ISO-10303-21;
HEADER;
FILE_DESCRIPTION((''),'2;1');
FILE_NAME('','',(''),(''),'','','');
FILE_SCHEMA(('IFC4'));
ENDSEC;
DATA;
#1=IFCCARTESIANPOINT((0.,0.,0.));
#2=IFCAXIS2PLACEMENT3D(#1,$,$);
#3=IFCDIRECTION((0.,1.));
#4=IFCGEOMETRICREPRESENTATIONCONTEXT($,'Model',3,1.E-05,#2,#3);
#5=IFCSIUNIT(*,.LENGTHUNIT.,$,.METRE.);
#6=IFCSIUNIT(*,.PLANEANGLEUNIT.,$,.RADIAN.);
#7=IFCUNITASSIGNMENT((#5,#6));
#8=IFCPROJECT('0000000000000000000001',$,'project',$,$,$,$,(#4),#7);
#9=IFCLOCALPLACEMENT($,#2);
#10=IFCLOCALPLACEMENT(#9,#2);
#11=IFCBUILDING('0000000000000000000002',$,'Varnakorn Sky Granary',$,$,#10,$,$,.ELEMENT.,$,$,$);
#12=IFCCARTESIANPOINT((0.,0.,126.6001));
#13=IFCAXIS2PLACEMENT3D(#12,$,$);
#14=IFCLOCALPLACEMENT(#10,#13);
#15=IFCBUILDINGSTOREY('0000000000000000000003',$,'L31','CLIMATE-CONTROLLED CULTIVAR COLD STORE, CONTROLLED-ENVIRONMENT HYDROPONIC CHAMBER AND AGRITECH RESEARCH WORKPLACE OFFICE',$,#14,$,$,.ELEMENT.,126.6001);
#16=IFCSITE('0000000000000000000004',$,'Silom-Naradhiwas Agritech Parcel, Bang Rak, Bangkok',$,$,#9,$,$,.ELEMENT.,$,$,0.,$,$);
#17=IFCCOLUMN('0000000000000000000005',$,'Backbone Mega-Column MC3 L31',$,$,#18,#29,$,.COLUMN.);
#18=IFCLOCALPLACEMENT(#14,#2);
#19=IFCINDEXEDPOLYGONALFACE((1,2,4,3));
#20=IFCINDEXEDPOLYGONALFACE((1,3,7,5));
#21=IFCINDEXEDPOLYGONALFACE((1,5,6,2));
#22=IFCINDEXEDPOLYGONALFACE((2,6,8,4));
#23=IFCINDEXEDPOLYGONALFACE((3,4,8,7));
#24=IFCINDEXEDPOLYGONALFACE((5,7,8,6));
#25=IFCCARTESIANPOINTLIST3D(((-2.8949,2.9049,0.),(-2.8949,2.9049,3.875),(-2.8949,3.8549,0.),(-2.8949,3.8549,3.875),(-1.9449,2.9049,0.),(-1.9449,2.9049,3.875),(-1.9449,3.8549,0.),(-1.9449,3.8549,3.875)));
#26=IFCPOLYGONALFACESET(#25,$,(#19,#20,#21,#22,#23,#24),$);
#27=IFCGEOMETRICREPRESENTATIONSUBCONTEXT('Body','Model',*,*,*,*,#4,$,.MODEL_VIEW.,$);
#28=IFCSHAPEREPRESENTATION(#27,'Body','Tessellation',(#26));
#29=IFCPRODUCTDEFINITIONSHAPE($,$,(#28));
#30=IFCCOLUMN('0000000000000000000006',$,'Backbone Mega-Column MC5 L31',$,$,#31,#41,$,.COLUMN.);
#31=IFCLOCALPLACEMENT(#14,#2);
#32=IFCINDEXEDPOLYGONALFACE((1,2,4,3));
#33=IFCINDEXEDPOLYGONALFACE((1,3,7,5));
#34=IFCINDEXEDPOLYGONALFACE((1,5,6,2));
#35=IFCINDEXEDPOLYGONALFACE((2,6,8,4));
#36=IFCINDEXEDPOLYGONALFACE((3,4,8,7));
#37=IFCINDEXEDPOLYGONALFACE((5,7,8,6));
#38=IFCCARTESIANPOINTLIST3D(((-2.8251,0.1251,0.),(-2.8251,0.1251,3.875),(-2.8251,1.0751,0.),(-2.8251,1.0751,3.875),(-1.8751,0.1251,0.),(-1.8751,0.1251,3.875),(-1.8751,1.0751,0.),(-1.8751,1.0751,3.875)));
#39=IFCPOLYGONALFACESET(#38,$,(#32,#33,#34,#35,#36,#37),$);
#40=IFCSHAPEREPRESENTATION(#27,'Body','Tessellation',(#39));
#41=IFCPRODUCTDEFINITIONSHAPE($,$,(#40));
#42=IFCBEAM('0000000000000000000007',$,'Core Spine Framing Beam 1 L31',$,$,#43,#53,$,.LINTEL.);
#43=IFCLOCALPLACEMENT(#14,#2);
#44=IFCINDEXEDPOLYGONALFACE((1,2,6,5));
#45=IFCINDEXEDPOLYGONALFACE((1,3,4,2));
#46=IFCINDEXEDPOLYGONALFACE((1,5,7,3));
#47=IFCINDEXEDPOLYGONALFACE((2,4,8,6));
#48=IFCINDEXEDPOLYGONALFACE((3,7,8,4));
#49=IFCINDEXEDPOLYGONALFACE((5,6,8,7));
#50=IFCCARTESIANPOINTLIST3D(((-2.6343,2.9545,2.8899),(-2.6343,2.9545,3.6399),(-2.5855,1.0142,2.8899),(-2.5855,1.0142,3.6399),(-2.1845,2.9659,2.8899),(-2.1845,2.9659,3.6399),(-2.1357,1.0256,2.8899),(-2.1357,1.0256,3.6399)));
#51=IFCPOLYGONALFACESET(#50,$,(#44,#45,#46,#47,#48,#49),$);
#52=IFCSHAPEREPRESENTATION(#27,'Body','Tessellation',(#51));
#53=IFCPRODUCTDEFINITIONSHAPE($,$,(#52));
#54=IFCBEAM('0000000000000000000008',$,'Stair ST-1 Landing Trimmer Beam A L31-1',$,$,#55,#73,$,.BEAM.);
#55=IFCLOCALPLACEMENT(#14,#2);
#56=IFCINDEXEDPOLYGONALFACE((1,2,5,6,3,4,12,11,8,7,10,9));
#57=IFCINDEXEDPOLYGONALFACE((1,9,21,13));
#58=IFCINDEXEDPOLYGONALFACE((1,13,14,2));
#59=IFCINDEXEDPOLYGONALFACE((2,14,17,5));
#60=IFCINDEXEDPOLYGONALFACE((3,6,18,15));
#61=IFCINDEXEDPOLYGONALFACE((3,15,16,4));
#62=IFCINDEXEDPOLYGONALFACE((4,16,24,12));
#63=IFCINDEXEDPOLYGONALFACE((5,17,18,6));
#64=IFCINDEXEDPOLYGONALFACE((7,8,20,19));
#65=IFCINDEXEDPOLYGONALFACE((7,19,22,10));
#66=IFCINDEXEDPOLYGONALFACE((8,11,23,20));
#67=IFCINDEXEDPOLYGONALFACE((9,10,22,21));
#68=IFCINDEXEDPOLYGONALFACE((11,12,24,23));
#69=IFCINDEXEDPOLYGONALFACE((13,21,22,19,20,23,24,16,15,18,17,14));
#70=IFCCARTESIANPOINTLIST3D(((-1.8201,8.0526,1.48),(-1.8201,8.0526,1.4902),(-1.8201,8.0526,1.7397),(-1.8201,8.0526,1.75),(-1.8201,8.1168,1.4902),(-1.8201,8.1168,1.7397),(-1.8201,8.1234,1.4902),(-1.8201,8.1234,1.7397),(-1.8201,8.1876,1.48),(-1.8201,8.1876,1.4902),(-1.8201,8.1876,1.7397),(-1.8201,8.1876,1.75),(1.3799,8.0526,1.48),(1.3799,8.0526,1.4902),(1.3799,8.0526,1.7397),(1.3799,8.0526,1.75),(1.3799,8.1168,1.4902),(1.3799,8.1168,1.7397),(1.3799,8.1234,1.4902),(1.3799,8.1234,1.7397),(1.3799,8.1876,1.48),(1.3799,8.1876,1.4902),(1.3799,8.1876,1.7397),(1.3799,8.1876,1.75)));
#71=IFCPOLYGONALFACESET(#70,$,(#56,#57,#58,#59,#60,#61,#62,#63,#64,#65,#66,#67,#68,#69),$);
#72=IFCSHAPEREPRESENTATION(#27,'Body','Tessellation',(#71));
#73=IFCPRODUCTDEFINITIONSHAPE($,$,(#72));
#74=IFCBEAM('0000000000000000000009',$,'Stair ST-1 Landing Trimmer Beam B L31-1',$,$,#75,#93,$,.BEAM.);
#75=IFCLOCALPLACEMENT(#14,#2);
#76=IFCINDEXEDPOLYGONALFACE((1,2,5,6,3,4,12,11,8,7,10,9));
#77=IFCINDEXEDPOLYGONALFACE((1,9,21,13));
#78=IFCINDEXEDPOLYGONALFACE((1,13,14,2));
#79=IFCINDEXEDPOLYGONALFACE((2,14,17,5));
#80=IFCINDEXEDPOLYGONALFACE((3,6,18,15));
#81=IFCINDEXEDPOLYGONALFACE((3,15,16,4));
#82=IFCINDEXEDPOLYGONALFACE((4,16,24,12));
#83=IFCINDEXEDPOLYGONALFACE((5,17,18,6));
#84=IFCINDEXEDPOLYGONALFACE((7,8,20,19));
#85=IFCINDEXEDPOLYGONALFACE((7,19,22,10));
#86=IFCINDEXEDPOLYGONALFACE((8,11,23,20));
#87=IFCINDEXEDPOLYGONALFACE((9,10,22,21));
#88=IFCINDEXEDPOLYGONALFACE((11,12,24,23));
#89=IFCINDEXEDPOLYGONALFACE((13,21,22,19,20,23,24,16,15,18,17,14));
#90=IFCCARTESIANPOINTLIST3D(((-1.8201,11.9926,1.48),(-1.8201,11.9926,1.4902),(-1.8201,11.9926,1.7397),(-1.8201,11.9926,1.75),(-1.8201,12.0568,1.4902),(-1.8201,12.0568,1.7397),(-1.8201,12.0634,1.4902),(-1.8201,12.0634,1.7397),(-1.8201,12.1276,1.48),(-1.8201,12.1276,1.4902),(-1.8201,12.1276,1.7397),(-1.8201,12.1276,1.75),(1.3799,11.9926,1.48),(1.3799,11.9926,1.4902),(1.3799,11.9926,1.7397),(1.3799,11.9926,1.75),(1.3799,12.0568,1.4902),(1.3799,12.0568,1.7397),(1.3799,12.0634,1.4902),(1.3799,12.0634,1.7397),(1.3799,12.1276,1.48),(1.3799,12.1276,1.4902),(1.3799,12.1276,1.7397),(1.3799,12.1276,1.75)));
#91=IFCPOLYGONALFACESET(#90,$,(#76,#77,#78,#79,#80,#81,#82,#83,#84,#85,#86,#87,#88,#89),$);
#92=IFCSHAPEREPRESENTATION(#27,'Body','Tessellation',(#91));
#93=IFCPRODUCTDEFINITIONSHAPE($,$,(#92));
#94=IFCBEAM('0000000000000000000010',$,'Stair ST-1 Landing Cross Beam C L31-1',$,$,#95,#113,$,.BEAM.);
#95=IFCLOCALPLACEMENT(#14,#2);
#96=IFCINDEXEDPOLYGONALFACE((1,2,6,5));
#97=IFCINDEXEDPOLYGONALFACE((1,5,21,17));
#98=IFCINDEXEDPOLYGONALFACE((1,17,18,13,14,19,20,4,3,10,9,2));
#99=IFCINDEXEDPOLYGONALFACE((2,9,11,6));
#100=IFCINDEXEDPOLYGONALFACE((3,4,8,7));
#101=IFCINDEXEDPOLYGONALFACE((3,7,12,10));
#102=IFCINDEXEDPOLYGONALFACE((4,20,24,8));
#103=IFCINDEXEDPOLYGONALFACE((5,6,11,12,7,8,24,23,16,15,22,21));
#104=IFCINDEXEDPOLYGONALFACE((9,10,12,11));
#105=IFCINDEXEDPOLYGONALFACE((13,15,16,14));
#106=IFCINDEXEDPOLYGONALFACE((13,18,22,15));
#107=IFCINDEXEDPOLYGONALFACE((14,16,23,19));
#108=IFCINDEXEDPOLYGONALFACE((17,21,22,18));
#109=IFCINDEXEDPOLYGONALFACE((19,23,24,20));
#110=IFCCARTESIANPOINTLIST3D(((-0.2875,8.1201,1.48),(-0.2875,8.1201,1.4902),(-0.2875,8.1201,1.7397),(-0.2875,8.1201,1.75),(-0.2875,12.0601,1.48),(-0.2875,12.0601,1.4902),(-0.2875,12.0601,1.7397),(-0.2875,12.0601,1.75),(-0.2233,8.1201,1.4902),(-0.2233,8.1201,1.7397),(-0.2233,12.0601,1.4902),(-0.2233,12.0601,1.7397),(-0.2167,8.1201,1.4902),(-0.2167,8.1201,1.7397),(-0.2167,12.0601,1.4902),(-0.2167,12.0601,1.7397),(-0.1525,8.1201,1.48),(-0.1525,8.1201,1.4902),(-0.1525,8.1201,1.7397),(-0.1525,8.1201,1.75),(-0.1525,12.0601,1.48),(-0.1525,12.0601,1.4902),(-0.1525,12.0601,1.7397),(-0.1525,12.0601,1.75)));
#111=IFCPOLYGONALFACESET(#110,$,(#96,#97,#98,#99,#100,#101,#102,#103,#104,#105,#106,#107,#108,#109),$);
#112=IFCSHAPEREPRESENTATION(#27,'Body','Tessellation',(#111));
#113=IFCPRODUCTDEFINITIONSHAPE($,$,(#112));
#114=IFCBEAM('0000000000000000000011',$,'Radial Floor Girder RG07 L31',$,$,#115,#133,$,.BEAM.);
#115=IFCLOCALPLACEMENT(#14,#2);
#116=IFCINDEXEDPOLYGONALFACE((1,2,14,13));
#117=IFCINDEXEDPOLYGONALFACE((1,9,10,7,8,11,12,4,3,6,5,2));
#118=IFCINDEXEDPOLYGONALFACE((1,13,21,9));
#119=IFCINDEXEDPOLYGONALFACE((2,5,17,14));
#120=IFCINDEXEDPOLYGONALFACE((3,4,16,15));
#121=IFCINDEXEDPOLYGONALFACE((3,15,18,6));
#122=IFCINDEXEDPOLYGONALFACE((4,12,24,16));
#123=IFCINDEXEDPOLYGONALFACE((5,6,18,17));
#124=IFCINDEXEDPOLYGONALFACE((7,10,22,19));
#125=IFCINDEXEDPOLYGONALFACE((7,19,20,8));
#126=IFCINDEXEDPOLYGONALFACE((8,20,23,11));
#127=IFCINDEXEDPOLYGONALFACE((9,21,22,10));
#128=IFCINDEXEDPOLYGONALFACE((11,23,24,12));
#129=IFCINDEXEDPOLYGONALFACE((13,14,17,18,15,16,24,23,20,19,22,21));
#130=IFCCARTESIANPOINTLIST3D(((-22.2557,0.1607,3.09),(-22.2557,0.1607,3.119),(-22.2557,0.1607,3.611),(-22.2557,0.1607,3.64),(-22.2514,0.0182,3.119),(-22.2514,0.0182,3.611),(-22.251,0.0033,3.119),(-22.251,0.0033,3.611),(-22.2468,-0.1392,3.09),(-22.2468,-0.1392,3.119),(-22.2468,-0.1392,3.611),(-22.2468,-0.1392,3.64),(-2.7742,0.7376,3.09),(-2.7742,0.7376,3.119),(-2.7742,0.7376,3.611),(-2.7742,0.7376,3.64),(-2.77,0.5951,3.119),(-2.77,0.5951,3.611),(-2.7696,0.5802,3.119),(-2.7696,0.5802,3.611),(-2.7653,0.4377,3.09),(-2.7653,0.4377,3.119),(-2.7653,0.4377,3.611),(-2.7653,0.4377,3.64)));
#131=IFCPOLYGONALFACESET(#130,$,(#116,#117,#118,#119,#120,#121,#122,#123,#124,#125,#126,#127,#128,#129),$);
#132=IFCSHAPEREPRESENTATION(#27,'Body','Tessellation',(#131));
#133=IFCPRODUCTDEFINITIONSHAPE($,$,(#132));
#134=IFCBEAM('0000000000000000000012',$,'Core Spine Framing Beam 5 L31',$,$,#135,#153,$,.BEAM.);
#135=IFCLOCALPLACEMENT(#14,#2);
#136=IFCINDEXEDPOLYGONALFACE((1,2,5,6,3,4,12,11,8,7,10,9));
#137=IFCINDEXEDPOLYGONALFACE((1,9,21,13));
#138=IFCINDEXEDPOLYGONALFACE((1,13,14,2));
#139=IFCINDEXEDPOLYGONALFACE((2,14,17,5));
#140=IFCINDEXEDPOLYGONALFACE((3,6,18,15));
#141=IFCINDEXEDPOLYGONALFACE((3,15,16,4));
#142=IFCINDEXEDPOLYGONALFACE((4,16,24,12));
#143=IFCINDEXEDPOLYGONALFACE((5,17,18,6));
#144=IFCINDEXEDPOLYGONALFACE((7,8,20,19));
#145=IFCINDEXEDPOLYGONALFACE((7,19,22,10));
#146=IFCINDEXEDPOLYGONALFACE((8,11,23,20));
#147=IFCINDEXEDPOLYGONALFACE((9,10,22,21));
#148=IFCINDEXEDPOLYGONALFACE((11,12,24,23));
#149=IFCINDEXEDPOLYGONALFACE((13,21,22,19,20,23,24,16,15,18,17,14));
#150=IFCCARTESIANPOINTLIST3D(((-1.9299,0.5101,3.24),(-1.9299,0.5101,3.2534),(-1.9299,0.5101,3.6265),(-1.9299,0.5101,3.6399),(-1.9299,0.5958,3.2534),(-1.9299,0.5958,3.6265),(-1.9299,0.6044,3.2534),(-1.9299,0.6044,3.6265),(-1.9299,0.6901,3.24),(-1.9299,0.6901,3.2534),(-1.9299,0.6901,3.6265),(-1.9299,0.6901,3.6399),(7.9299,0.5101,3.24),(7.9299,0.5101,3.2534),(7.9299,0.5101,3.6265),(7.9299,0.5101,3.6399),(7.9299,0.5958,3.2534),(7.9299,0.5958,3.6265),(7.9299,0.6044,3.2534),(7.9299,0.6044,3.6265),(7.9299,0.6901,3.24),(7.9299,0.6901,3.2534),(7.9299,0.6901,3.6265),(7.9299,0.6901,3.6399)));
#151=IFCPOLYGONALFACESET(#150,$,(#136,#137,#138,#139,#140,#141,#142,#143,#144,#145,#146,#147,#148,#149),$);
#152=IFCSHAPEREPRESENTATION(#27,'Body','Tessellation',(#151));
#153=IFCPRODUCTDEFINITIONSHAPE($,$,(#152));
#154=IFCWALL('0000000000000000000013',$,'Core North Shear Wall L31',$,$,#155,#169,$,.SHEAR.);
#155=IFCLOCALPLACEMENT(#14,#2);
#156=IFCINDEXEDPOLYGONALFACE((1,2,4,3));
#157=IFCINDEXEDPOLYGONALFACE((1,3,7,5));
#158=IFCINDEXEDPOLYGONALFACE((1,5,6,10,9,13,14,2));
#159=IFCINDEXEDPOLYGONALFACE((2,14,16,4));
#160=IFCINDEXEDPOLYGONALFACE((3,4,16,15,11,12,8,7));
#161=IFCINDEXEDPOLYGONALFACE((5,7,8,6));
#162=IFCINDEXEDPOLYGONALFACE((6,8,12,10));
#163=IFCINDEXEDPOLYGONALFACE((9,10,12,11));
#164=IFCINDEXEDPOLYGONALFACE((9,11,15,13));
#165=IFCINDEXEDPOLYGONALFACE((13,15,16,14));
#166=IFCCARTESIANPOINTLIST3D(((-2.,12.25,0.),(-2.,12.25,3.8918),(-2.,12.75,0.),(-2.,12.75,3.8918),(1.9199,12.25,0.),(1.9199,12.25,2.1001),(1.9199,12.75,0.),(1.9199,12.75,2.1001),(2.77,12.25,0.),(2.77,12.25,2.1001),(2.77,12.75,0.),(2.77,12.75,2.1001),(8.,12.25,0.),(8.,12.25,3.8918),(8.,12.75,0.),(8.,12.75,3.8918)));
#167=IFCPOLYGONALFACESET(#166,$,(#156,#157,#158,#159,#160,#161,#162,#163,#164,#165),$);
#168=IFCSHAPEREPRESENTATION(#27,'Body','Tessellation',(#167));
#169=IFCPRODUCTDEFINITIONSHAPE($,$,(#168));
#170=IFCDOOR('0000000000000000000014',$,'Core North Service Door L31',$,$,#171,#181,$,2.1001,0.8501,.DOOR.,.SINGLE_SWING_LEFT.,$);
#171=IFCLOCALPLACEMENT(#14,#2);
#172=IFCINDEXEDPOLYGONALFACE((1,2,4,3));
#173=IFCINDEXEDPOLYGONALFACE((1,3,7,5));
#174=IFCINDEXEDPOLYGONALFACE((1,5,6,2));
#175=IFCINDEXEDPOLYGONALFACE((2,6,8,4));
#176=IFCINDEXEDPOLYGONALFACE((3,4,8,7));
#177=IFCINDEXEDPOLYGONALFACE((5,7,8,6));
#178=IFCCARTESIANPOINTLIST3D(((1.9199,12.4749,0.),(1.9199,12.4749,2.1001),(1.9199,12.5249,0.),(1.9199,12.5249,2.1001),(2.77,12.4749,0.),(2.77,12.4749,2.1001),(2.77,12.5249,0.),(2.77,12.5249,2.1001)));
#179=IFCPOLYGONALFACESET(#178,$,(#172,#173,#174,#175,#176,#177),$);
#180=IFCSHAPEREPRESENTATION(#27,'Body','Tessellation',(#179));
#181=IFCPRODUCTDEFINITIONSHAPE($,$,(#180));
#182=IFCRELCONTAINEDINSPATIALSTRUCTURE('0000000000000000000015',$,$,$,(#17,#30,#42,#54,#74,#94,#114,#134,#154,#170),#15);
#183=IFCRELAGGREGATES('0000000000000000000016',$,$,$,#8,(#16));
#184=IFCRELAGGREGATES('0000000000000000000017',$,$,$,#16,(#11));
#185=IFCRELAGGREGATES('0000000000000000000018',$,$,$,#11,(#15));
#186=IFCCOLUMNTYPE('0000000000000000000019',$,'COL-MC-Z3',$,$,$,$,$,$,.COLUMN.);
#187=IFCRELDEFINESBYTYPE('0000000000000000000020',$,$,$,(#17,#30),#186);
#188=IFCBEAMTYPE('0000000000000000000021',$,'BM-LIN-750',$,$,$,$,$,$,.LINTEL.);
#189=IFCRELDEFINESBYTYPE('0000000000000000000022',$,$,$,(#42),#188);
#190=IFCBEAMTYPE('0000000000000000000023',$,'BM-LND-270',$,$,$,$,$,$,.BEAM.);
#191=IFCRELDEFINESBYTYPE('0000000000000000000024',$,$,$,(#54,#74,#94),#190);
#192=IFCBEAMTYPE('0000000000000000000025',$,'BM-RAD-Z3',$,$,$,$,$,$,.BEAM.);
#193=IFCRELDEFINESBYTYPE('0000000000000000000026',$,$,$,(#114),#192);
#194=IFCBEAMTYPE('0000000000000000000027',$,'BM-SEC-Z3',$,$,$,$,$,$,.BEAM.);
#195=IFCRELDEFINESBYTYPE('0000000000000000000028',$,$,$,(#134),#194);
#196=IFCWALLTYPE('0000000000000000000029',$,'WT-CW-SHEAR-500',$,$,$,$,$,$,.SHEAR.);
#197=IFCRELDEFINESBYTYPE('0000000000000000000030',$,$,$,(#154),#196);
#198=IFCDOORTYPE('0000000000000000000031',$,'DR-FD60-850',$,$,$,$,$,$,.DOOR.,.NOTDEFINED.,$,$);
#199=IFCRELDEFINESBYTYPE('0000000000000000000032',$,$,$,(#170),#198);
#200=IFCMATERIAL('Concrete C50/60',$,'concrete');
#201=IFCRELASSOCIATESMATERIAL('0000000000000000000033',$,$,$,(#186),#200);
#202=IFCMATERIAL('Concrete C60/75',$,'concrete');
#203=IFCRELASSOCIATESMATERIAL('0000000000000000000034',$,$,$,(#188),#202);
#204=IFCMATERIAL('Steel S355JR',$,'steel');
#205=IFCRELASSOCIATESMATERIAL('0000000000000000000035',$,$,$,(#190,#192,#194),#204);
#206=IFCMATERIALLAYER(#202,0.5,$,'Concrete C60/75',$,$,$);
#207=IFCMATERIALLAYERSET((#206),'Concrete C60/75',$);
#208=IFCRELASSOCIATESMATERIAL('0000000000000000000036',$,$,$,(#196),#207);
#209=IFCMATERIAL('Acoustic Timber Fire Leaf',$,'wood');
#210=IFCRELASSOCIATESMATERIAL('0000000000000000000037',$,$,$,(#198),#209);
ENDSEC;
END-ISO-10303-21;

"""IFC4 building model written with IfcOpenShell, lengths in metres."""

from ifc_helpers import new_model, si_unit, direction, frame, frame_2d, origin, origin_2d, place, context, subcontext, project, spatial, rectangle, i_section, extrude, material, layer, layer_set, material_profile, profile_set, type_object, element, fill, save


model = new_model("IFC4")

# Units and contexts
model_context = context("Model", 3, precision=1e-05, world=origin(), true_north=direction((0.0, 1.0)))
body_context = subcontext(model_context, "Body", "Model", "MODEL_VIEW")
ifc_project = project(units=[si_unit("LENGTHUNIT", "METRE"), si_unit("PLANEANGLEUNIT", "RADIAN")], contexts=[model_context])

# Site, building, storey
site_placement = place(None, origin())
site = spatial("IfcSite", under=ifc_project, at=site_placement, Name="Silom-Naradhiwas Agritech Parcel, Bang Rak, Bangkok", CompositionType="ELEMENT", RefElevation=0.0)
building_placement = place(site_placement, origin())
building = spatial("IfcBuilding", under=site, at=building_placement, Name="Varnakorn Sky Granary", CompositionType="ELEMENT")
storey_placement = place(building_placement, frame((0.0, 0.0, 126.6001)))
storey = spatial("IfcBuildingStorey", under=building, at=storey_placement, Name="L31", Description="CLIMATE-CONTROLLED CULTIVAR COLD STORE, CONTROLLED-ENVIRONMENT HYDROPONIC CHAMBER AND AGRITECH RESEARCH WORKPLACE OFFICE", CompositionType="ELEMENT", Elevation=126.6001)

# Columns
ifc_material_1 = material(Name="Concrete C50/60", Category="concrete")
ifc_material_profile_1 = material_profile(ifc_material_1, rectangle(XDim=0.95, YDim=0.95, at=origin_2d()), Name="RC 950x950")
ifc_profile_set_1 = profile_set([ifc_material_profile_1], Name="Concrete C50/60")
column_type = type_object("IfcColumnType", Name="COL-MC-Z3", PredefinedType="COLUMN", material=ifc_profile_set_1)
for number, where, z_axis, x_axis, name in (
    (1, (-2.4199, 3.3799, 0.0), (0.0, 0.0, 1.0), (1.0, 0.0, 0.0), "Backbone Mega-Column MC3 L31"),
    (2, (-2.3501, 0.6001, 0.0), (0.0, 0.0, 1.0), (1.0, 0.0, 0.0), "Backbone Mega-Column MC5 L31"),
):
    element("IfcColumn", number, at=place(storey_placement, frame(where, z_axis=z_axis, x_axis=x_axis)), inside=storey, type_object=column_type, Name=name, PredefinedType="COLUMN", context=body_context, shape_type="SweptSolid", body=[
        extrude(rectangle(XDim=0.95, YDim=0.95, at=origin_2d()), origin(), (0.0, 0.0, 1.0), 3.875),
    ])

# Beams
ifc_material_2 = material(Name="Concrete C60/75", Category="concrete")
ifc_material_profile_2 = material_profile(ifc_material_2, rectangle(XDim=0.45, YDim=0.75, at=origin_2d()), Name="RC 450x750")
ifc_profile_set_2 = profile_set([ifc_material_profile_2], Name="Concrete C60/75")
beam_type_1 = type_object("IfcBeamType", Name="BM-LIN-750", PredefinedType="LINTEL", material=ifc_profile_set_2)
beam_1_placement = place(storey_placement, frame((-2.4094, 2.9602, 3.2649), z_axis=(0.025159, -0.999683, 0.0), x_axis=(0.999683, 0.025159, 0.0)))
element("IfcBeam", 3, at=beam_1_placement, inside=storey, type_object=beam_type_1, Name="Core Spine Framing Beam 1 L31", PredefinedType="LINTEL", context=body_context, shape_type="SweptSolid", body=[
    extrude(rectangle(XDim=0.45, YDim=0.75, at=origin_2d()), origin(), (0.0, 0.0, 1.0), 1.9409),
])
ifc_material_3 = material(Name="Steel S355JR", Category="steel")
ifc_material_profile_3 = material_profile(ifc_material_3, i_section(OverallWidth=0.135, OverallDepth=0.27, WebThickness=0.0066, FlangeThickness=0.0103, at=origin_2d()), Name="IPE 270")
ifc_profile_set_3 = profile_set([ifc_material_profile_3], Name="Steel S355JR")
beam_type_2 = type_object("IfcBeamType", Name="BM-LND-270", PredefinedType="BEAM", material=ifc_profile_set_3)
for number, where, z_axis, x_axis, name in (
    (4, (-1.8201, 8.1201, 1.615), (1.0, 0.0, 0.0), (0.0, 1.0, 0.0), "Stair ST-1 Landing Trimmer Beam A L31-1"),
    (5, (-1.8201, 12.0601, 1.615), (1.0, 0.0, 0.0), (0.0, 1.0, 0.0), "Stair ST-1 Landing Trimmer Beam B L31-1"),
):
    element("IfcBeam", number, at=place(storey_placement, frame(where, z_axis=z_axis, x_axis=x_axis)), inside=storey, type_object=beam_type_2, Name=name, PredefinedType="BEAM", context=body_context, shape_type="SweptSolid", body=[
        extrude(i_section(OverallWidth=0.135, OverallDepth=0.27, WebThickness=0.0066, FlangeThickness=0.0103, at=origin_2d()), origin(), (0.0, 0.0, 1.0), 3.2),
    ])
beam_2_placement = place(storey_placement, frame((-0.22, 8.1201, 1.615), z_axis=(0.0, 1.0, 0.0), x_axis=(-1.0, 0.0, 0.0)))
element("IfcBeam", 6, at=beam_2_placement, inside=storey, type_object=beam_type_2, Name="Stair ST-1 Landing Cross Beam C L31-1", PredefinedType="BEAM", context=body_context, shape_type="SweptSolid", body=[
    extrude(i_section(OverallWidth=0.135, OverallDepth=0.27, WebThickness=0.0066, FlangeThickness=0.0103, at=origin_2d()), origin(), (0.0, 0.0, 1.0), 3.9399),
])
ifc_material_profile_4 = material_profile(ifc_material_3, i_section(OverallWidth=0.3, OverallDepth=0.55, WebThickness=0.0149, FlangeThickness=0.0291, at=origin_2d()), Name="HE 550 B")
ifc_profile_set_4 = profile_set([ifc_material_profile_4], Name="Steel S355JR")
beam_type_3 = type_object("IfcBeamType", Name="BM-RAD-Z3", PredefinedType="BEAM", material=ifc_profile_set_4)
beam_3_placement = place(storey_placement, frame((-2.7698, 0.5876, 3.365), z_axis=(-0.999562, -0.0296, 0.0), x_axis=(0.0296, -0.999562, 0.0)))
element("IfcBeam", 7, at=beam_3_placement, inside=storey, type_object=beam_type_3, Name="Radial Floor Girder RG07 L31", PredefinedType="BEAM", context=body_context, shape_type="SweptSolid", body=[
    extrude(i_section(OverallWidth=0.3, OverallDepth=0.55, WebThickness=0.0149, FlangeThickness=0.0291, at=origin_2d()), origin(), (0.0, 0.0, 1.0), 19.49),
])
ifc_material_profile_5 = material_profile(ifc_material_3, i_section(OverallWidth=0.1799, OverallDepth=0.3999, WebThickness=0.0085, FlangeThickness=0.0134, at=origin_2d()), Name="IPE 400")
ifc_profile_set_5 = profile_set([ifc_material_profile_5], Name="Steel S355JR")
beam_type_4 = type_object("IfcBeamType", Name="BM-SEC-Z3", PredefinedType="BEAM", material=ifc_profile_set_5)
beam_4_placement = place(storey_placement, frame((-1.9299, 0.6001, 3.4399), z_axis=(1.0, 0.0, 0.0), x_axis=(0.0, 1.0, 0.0)))
element("IfcBeam", 8, at=beam_4_placement, inside=storey, type_object=beam_type_4, Name="Core Spine Framing Beam 5 L31", PredefinedType="BEAM", context=body_context, shape_type="SweptSolid", body=[
    extrude(i_section(OverallWidth=0.1799, OverallDepth=0.3999, WebThickness=0.0085, FlangeThickness=0.0134, at=origin_2d()), origin(), (0.0, 0.0, 1.0), 9.8599),
])

# Shared definitions
ifc_layer_1 = layer(ifc_material_2, 0.5, Name="Concrete C60/75")
ifc_layer_set_1 = layer_set([ifc_layer_1], Name="Concrete C60/75")
wall_type_1 = type_object("IfcWallType", Name="WT-CW-SHEAR-500", PredefinedType="SHEAR", material=ifc_layer_set_1)

# Wall, opening, door
wall_1_placement = place(storey_placement, frame((-2.0, 12.5, 0.0), z_axis=(0.0, 0.0, 1.0), x_axis=(1.0, 0.0, 0.0)))
wall_1 = element("IfcWall", 9, at=wall_1_placement, inside=storey, type_object=wall_type_1, Name="Core North Shear Wall L31", PredefinedType="SHEAR", context=body_context, shape_type="SweptSolid", body=[
    extrude(rectangle(XDim=10.0, YDim=0.5, at=frame_2d((5.0, 0.0))), origin(), (0.0, 0.0, 1.0), 3.8918),
])
opening_1_placement = place(wall_1_placement, frame((3.9199, 0.0, 0.0)))
opening_1 = element("IfcOpeningElement", 10, at=opening_1_placement, cuts=wall_1, PredefinedType="OPENING", context=body_context, shape_type="SweptSolid", body=[
    extrude(rectangle(XDim=0.8501, YDim=2.1001, at=frame_2d((0.425, 1.05))), frame((0.0, 0.26, 0.0), z_axis=(0.0, -1.0, 0.0), x_axis=(1.0, 0.0, 0.0)), (0.0, 0.0, 1.0), 0.52),
])
ifc_material_4 = material(Name="Acoustic Timber Fire Leaf", Category="wood")
door_type_1 = type_object("IfcDoorType", Name="DR-FD60-850", OperationType="NOTDEFINED", PredefinedType="DOOR", material=ifc_material_4)
door_1_placement = place(opening_1_placement, origin())
door_1 = element("IfcDoor", 11, at=door_1_placement, inside=storey, type_object=door_type_1, Name="Core North Service Door L31", OperationType="SINGLE_SWING_LEFT", OverallHeight=2.1001, OverallWidth=0.8501, PredefinedType="DOOR", context=body_context, shape_type="SweptSolid", body=[
    extrude(rectangle(XDim=0.8501, YDim=2.1001, at=frame_2d((0.425, 1.05))), frame((0.0, 0.0249, 0.0), z_axis=(0.0, -1.0, 0.0), x_axis=(1.0, 0.0, 0.0)), (0.0, 0.0, 1.0), 0.05),
])
fill(opening_1, door_1)

save(model, "model.ifc")
